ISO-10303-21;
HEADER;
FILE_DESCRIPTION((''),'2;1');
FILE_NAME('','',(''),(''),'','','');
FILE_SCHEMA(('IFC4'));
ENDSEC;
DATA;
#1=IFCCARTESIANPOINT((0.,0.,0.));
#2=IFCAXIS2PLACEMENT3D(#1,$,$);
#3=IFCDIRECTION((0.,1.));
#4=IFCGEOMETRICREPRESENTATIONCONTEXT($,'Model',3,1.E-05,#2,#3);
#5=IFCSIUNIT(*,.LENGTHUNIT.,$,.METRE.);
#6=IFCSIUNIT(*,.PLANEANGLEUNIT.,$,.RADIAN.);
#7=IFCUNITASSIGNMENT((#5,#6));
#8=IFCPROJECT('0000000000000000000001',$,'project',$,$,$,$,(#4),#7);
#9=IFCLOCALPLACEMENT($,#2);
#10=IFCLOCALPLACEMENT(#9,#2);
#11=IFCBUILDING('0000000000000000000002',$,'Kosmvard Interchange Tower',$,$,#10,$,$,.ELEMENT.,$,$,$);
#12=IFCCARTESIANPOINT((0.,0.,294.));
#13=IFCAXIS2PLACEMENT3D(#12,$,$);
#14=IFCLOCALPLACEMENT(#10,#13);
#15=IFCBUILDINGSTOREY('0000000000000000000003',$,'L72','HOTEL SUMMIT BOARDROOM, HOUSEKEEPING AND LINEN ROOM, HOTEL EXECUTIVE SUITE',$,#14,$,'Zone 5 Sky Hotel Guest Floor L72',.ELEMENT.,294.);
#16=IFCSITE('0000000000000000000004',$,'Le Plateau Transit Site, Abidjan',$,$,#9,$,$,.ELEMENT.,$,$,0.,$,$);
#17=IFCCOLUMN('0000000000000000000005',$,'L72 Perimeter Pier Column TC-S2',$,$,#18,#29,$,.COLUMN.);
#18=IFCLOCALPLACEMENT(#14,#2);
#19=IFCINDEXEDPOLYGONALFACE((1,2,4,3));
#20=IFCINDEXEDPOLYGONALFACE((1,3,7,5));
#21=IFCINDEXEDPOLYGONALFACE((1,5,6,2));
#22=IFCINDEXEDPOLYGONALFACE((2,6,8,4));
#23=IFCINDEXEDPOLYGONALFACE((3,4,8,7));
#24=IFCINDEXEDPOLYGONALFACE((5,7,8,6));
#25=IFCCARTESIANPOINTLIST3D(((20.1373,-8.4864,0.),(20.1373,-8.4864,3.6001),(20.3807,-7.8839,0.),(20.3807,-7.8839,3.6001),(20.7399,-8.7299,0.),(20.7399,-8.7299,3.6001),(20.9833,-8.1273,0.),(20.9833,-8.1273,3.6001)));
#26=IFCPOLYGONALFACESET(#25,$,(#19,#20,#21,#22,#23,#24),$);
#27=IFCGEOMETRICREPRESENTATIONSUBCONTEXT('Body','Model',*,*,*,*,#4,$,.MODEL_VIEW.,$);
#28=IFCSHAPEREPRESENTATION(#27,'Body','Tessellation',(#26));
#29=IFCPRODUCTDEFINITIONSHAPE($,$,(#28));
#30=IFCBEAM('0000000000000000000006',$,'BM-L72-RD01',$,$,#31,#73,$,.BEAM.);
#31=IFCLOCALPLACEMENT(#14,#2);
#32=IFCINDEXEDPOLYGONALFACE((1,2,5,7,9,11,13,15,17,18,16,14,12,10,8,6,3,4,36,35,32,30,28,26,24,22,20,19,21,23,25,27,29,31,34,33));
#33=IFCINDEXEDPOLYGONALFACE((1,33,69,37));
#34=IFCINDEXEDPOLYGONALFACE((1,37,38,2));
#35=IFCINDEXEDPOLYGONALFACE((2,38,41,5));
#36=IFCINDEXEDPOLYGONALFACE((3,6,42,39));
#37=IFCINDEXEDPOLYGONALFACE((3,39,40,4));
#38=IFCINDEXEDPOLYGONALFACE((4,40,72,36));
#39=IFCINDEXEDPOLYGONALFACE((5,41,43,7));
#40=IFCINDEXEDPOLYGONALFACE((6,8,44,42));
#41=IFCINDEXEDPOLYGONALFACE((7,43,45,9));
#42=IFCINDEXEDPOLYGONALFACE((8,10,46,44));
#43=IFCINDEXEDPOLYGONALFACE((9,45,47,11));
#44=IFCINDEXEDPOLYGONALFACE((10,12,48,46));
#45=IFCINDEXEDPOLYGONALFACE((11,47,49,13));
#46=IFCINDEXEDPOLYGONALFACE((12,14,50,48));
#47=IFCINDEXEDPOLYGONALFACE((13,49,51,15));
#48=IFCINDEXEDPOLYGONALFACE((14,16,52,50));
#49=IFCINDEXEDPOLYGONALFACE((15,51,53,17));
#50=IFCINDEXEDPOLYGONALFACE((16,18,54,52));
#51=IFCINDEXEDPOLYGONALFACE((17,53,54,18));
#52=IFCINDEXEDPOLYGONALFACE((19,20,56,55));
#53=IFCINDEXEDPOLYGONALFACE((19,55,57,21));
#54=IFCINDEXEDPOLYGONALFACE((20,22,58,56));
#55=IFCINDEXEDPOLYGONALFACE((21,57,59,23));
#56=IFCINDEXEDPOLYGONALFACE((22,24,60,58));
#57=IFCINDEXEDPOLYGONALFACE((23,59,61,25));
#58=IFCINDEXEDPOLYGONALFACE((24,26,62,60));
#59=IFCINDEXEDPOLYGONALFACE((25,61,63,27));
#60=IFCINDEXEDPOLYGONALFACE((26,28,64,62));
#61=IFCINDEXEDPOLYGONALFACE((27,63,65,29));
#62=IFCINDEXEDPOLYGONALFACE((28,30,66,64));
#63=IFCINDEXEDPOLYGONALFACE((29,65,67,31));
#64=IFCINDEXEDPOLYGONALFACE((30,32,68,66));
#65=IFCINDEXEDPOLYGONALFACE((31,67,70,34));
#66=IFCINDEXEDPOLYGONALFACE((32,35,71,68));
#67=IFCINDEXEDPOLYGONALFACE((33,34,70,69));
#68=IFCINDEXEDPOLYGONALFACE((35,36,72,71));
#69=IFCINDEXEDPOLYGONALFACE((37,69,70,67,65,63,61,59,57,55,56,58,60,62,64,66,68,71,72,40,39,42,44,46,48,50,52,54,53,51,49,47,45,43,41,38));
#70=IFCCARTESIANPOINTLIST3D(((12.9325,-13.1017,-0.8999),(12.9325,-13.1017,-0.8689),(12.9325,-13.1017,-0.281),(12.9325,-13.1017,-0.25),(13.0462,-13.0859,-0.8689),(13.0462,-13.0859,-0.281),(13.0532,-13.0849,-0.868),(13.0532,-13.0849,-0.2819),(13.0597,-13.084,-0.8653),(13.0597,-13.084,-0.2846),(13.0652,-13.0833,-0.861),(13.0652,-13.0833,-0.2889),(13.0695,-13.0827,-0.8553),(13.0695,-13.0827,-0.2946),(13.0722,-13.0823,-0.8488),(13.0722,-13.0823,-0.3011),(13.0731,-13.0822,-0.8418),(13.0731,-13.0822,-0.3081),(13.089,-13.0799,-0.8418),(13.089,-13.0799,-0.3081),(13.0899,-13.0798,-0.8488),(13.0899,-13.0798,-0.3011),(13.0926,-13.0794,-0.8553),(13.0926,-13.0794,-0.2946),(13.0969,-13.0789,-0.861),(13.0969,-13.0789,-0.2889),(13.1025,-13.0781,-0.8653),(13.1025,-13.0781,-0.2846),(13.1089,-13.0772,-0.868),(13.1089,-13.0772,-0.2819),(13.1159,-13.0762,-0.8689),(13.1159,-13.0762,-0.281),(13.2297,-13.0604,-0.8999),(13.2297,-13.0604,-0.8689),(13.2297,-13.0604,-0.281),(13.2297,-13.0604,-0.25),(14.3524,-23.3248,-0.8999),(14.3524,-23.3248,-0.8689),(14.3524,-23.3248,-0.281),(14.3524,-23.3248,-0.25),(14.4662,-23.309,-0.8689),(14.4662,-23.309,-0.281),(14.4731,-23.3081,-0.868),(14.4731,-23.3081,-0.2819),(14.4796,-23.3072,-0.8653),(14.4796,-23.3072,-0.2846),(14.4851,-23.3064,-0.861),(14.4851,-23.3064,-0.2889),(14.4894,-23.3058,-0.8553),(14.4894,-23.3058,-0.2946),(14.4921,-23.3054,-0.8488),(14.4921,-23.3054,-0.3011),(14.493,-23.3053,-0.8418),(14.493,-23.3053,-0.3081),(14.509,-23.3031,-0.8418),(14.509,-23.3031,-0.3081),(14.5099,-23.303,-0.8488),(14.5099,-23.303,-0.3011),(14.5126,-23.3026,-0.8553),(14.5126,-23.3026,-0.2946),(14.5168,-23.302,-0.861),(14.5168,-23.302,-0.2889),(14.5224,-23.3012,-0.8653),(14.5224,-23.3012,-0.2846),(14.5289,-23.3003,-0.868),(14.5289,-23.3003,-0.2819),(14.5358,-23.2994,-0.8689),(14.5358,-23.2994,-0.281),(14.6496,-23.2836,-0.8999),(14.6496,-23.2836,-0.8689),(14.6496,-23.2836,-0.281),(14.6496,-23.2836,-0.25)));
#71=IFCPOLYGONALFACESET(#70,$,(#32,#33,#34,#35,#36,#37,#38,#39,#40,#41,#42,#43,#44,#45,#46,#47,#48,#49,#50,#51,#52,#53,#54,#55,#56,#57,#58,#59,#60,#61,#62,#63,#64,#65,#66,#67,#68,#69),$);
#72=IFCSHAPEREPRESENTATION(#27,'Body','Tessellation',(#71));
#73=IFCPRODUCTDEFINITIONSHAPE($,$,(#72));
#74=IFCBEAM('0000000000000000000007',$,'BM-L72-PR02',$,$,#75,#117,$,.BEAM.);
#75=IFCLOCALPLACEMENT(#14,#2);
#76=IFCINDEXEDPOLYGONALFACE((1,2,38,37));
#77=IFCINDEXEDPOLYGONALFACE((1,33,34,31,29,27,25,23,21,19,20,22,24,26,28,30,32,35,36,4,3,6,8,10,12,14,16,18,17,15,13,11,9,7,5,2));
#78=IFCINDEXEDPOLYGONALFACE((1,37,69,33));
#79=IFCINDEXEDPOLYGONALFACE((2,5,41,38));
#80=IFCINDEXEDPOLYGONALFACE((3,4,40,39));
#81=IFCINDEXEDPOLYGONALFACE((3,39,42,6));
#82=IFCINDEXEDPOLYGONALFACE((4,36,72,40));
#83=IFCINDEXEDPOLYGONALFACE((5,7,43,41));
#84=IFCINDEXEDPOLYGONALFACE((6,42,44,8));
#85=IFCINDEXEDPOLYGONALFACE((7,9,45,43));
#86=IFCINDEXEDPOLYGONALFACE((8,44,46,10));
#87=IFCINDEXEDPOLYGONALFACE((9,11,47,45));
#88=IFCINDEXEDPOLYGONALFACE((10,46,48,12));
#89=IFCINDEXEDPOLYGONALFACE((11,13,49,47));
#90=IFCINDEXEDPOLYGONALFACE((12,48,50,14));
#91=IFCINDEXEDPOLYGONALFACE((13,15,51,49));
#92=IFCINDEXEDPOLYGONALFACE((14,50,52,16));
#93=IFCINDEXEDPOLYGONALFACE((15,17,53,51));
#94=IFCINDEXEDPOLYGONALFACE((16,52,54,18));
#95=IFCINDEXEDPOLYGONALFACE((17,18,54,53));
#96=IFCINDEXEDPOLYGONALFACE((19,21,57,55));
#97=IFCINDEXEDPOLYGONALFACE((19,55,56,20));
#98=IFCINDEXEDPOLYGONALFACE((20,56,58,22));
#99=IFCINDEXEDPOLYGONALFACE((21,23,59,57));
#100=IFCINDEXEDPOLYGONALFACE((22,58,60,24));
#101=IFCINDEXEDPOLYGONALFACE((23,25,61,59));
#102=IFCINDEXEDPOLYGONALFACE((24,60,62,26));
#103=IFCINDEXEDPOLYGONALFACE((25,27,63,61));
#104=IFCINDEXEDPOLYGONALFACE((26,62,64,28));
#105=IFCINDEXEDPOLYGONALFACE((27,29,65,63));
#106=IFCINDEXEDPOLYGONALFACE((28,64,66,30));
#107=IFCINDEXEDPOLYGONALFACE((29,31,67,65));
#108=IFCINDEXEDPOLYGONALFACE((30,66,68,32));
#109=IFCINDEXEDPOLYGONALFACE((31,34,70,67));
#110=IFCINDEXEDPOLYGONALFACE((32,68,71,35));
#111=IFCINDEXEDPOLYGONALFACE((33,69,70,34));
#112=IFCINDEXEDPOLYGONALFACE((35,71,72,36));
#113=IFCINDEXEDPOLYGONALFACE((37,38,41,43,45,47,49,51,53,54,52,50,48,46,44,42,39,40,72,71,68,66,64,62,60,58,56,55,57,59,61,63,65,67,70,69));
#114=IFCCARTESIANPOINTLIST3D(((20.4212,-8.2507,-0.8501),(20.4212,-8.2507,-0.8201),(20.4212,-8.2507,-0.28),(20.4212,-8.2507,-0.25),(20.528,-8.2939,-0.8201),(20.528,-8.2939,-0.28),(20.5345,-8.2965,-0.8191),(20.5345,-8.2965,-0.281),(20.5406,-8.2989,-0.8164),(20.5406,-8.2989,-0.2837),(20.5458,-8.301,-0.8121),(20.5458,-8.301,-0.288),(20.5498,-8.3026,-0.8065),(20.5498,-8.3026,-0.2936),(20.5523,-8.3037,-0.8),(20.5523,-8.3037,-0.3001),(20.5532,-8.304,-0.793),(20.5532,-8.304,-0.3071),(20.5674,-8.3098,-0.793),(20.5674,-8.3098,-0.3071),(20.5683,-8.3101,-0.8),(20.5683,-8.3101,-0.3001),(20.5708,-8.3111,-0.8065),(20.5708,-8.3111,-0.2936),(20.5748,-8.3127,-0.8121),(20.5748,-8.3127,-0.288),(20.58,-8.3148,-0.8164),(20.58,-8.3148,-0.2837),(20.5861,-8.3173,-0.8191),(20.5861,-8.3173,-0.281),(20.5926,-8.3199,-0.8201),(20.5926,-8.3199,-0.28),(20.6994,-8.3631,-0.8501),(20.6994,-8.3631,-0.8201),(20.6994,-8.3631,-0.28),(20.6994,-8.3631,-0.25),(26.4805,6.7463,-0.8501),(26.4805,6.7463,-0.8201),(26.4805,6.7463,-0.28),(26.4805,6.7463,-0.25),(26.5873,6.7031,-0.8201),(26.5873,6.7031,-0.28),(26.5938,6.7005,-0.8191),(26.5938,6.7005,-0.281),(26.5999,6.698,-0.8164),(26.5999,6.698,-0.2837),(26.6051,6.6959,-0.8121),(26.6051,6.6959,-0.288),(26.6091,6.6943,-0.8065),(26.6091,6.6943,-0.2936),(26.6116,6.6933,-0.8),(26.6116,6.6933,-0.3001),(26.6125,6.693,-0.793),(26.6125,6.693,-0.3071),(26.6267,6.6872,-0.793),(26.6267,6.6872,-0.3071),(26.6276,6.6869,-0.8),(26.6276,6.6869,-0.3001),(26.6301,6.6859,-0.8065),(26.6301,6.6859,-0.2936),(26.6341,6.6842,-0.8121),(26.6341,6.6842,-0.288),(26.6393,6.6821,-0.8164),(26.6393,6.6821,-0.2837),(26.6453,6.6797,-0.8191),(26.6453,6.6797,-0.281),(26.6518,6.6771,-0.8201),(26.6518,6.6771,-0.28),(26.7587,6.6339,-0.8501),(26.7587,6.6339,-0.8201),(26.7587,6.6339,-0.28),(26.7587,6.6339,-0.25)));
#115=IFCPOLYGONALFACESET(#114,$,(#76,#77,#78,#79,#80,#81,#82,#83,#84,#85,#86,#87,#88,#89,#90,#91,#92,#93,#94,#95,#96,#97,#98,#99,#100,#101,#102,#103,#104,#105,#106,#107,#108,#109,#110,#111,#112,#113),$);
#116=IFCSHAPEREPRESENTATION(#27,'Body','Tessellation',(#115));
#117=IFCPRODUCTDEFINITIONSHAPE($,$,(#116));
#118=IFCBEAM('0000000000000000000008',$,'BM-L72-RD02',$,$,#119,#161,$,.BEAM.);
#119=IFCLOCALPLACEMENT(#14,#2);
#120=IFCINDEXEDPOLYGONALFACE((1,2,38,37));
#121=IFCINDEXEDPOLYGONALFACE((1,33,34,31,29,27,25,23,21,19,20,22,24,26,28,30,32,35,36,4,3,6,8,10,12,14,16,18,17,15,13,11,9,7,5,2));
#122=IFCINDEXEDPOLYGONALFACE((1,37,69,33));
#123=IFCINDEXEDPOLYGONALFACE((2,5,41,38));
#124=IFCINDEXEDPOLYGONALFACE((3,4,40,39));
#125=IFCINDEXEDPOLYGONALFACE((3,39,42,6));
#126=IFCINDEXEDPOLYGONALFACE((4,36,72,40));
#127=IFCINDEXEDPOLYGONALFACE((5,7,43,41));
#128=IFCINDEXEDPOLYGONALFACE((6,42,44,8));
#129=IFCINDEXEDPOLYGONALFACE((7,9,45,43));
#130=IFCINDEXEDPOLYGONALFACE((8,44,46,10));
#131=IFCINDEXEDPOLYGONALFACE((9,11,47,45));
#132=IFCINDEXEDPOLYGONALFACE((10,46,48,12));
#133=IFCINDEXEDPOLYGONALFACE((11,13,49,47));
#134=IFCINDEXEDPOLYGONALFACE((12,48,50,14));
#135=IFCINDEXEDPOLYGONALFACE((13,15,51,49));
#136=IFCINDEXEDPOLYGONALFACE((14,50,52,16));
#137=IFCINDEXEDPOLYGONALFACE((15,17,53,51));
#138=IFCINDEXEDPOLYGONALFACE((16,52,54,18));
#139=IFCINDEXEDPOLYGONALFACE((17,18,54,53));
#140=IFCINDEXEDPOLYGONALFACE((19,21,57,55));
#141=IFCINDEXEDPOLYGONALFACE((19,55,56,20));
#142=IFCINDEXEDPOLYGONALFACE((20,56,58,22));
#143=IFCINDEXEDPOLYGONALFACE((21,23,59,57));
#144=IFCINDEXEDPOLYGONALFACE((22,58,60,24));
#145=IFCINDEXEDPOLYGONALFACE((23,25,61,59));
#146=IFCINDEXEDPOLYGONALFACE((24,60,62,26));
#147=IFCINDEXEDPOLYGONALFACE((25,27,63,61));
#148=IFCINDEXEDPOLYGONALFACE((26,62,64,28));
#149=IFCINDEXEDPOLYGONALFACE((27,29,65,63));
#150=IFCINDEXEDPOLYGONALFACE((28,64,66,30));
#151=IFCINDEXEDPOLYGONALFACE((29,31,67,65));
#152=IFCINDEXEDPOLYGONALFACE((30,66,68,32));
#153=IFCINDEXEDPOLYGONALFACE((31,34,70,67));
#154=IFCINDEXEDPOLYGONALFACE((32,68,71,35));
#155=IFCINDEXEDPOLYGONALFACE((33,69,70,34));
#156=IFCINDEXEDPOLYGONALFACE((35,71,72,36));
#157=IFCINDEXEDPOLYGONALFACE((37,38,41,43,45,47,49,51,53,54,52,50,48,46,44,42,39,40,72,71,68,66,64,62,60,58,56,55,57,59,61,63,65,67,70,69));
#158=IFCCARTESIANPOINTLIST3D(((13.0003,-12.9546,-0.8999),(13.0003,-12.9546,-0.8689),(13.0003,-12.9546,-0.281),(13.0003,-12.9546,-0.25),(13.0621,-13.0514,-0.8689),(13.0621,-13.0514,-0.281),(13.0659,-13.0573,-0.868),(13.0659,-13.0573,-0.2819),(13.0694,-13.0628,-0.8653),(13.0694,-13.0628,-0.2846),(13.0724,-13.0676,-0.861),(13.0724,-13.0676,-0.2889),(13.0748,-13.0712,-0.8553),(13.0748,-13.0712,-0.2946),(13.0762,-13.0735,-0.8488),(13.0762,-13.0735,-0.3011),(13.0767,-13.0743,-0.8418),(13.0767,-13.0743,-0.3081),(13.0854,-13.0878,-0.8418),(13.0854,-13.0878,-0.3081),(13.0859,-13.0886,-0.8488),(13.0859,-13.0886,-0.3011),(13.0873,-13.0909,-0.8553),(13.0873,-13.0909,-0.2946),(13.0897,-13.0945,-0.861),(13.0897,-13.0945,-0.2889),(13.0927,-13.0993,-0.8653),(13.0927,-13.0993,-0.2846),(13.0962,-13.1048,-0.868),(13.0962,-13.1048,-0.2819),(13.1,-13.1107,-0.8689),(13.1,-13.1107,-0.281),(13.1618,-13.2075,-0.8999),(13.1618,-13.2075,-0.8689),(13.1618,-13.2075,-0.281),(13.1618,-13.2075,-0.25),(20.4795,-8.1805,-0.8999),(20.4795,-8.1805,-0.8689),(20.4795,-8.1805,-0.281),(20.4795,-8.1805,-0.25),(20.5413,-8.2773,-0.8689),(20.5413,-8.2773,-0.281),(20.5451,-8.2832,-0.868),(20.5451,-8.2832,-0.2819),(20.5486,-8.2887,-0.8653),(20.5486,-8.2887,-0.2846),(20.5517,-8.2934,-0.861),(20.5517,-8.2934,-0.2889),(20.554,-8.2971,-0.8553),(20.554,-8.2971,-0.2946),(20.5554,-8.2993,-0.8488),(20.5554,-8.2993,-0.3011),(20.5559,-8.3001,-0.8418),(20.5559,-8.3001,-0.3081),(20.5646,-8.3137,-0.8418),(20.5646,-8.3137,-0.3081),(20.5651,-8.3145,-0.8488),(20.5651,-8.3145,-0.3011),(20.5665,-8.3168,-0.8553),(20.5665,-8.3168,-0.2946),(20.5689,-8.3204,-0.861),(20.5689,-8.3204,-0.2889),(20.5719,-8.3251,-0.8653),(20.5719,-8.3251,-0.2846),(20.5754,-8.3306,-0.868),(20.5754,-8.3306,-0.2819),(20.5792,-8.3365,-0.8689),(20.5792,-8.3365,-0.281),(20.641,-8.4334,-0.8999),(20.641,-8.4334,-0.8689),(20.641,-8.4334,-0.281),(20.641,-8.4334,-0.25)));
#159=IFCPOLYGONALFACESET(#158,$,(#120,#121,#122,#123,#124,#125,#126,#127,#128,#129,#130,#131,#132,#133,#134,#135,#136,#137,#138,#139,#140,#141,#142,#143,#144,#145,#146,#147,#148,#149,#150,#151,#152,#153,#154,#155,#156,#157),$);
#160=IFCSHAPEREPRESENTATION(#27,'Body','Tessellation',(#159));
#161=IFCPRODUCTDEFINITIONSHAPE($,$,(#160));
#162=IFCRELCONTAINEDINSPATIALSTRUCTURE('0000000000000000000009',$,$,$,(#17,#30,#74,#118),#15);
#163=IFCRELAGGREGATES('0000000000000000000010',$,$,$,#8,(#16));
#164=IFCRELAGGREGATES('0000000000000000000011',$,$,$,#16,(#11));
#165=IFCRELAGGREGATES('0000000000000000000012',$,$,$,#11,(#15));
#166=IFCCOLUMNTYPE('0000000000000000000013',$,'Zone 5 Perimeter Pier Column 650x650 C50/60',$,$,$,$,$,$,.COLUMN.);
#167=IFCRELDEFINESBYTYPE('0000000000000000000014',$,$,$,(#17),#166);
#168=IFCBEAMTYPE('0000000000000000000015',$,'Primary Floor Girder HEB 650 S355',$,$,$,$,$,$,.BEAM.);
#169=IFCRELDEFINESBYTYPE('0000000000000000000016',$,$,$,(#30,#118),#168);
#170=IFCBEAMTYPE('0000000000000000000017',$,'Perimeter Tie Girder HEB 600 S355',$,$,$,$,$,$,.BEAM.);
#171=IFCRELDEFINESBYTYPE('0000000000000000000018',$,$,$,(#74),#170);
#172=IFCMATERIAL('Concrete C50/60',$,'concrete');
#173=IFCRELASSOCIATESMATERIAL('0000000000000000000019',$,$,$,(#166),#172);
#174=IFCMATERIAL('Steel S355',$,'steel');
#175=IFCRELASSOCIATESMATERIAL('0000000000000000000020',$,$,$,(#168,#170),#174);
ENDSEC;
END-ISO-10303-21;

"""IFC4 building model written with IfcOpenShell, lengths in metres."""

from ifc_helpers import new_model, si_unit, direction, frame, origin, origin_2d, place, context, subcontext, project, spatial, rectangle, i_section, extrude, source, transform, mapped, material, material_profile, profile_set, type_object, element, save


model = new_model("IFC4")

# Units and contexts
model_context = context("Model", 3, precision=1e-05, world=origin(), true_north=direction((0.0, 1.0)))
body_context = subcontext(model_context, "Body", "Model", "MODEL_VIEW")
ifc_project = project(units=[si_unit("LENGTHUNIT", "METRE"), si_unit("PLANEANGLEUNIT", "RADIAN")], contexts=[model_context])

# Site, building, storey
site_placement = place(None, origin())
site = spatial("IfcSite", under=ifc_project, at=site_placement, Name="Le Plateau Transit Site, Abidjan", CompositionType="ELEMENT", RefElevation=0.0)
building_placement = place(site_placement, origin())
building = spatial("IfcBuilding", under=site, at=building_placement, Name="Kosmvard Interchange Tower", CompositionType="ELEMENT")
storey_placement = place(building_placement, frame((0.0, 0.0, 294.0)))
storey = spatial("IfcBuildingStorey", under=building, at=storey_placement, Name="L72", Description="HOTEL SUMMIT BOARDROOM, HOUSEKEEPING AND LINEN ROOM, HOTEL EXECUTIVE SUITE", LongName="Zone 5 Sky Hotel Guest Floor L72", CompositionType="ELEMENT", Elevation=294.0)

# Column
ifc_material_1 = material(Name="Concrete C50/60", Category="concrete")
ifc_material_profile_1 = material_profile(ifc_material_1, rectangle(XDim=0.6499, YDim=0.6499, at=origin_2d()), Name="TC 650x650")
ifc_profile_set_1 = profile_set([ifc_material_profile_1], Name="Concrete C50/60")
column_type = type_object("IfcColumnType", Name="Zone 5 Perimeter Pier Column 650x650 C50/60", PredefinedType="COLUMN", material=ifc_profile_set_1)
shared_shape_1 = source(origin(), body_context, "Body", "SweptSolid", [
    extrude(rectangle(XDim=0.6499, YDim=0.6499, at=origin_2d()), origin(), (0.0, 0.0, 1.0), 3.6001),
])
column_placement = place(storey_placement, frame((20.5603, -8.3069, 0.0), z_axis=(0.0, 0.0, 1.0), x_axis=(0.374607, 0.927184, 0.0)))
element("IfcColumn", 1, at=column_placement, inside=storey, type_object=column_type, Name="L72 Perimeter Pier Column TC-S2", PredefinedType="COLUMN", context=body_context, shape_type="MappedRepresentation", body=[
    mapped(shared_shape_1, transform((0.0, 0.0, 0.0), scale=1.0)),
])

# Beams
ifc_material_2 = material(Name="Steel S355", Category="steel")
ifc_material_profile_2 = material_profile(ifc_material_2, i_section(OverallWidth=0.3, OverallDepth=0.6499, WebThickness=0.0161, FlangeThickness=0.031, FilletRadius=0.0271, at=origin_2d()), Name="HEB 650")
ifc_profile_set_2 = profile_set([ifc_material_profile_2], Name="Steel S355")
beam_type_1 = type_object("IfcBeamType", Name="Primary Floor Girder HEB 650 S355", PredefinedType="BEAM", material=ifc_profile_set_2)
shared_shape_2 = source(origin(), body_context, "Body", "SweptSolid", [
    extrude(i_section(OverallWidth=0.3, OverallDepth=0.6499, WebThickness=0.0161, FlangeThickness=0.031, FilletRadius=0.0271, at=origin_2d()), origin(), (0.0, 0.0, 1.0), 10.3213),
])
beam_1_placement = place(storey_placement, frame((13.0811, -13.0811, -0.575), z_axis=(0.137572, -0.990492, 0.0), x_axis=(0.990492, 0.137572, 0.0)))
element("IfcBeam", 2, at=beam_1_placement, inside=storey, type_object=beam_type_1, Name="BM-L72-RD01", PredefinedType="BEAM", context=body_context, shape_type="MappedRepresentation", body=[
    mapped(shared_shape_2, transform((0.0, 0.0, 0.0), scale=1.0)),
])
ifc_material_profile_3 = material_profile(ifc_material_2, i_section(OverallWidth=0.3, OverallDepth=0.6001, WebThickness=0.0154, FlangeThickness=0.03, FilletRadius=0.0271, at=origin_2d()), Name="HEB 600")
ifc_profile_set_3 = profile_set([ifc_material_profile_3], Name="Steel S355")
beam_type_2 = type_object("IfcBeamType", Name="Perimeter Tie Girder HEB 600 S355", PredefinedType="BEAM", material=ifc_profile_set_3)
shared_shape_3 = source(origin(), body_context, "Body", "SweptSolid", [
    extrude(i_section(OverallWidth=0.3, OverallDepth=0.6001, WebThickness=0.0154, FlangeThickness=0.03, FilletRadius=0.0271, at=origin_2d()), origin(), (0.0, 0.0, 1.0), 16.1748),
])
beam_2_placement = place(storey_placement, frame((20.5603, -8.3069, -0.55), z_axis=(0.374613, 0.927181, 0.0), x_axis=(-0.927181, 0.374613, 0.0)))
element("IfcBeam", 3, at=beam_2_placement, inside=storey, type_object=beam_type_2, Name="BM-L72-PR02", PredefinedType="BEAM", context=body_context, shape_type="MappedRepresentation", body=[
    mapped(shared_shape_3, transform((0.0, 0.0, 0.0), scale=1.0)),
])
shared_shape_4 = source(origin(), body_context, "Body", "SweptSolid", [
    extrude(i_section(OverallWidth=0.3, OverallDepth=0.6499, WebThickness=0.0161, FlangeThickness=0.031, FilletRadius=0.0271, at=origin_2d()), origin(), (0.0, 0.0, 1.0), 8.873),
])
beam_3_placement = place(storey_placement, frame((13.0811, -13.0811, -0.575), z_axis=(0.842913, 0.53805, 0.0), x_axis=(-0.53805, 0.842913, 0.0)))
element("IfcBeam", 4, at=beam_3_placement, inside=storey, type_object=beam_type_1, Name="BM-L72-RD02", PredefinedType="BEAM", context=body_context, shape_type="MappedRepresentation", body=[
    mapped(shared_shape_4, transform((0.0, 0.0, 0.0), scale=1.0)),
])

save(model, "model.ifc")
